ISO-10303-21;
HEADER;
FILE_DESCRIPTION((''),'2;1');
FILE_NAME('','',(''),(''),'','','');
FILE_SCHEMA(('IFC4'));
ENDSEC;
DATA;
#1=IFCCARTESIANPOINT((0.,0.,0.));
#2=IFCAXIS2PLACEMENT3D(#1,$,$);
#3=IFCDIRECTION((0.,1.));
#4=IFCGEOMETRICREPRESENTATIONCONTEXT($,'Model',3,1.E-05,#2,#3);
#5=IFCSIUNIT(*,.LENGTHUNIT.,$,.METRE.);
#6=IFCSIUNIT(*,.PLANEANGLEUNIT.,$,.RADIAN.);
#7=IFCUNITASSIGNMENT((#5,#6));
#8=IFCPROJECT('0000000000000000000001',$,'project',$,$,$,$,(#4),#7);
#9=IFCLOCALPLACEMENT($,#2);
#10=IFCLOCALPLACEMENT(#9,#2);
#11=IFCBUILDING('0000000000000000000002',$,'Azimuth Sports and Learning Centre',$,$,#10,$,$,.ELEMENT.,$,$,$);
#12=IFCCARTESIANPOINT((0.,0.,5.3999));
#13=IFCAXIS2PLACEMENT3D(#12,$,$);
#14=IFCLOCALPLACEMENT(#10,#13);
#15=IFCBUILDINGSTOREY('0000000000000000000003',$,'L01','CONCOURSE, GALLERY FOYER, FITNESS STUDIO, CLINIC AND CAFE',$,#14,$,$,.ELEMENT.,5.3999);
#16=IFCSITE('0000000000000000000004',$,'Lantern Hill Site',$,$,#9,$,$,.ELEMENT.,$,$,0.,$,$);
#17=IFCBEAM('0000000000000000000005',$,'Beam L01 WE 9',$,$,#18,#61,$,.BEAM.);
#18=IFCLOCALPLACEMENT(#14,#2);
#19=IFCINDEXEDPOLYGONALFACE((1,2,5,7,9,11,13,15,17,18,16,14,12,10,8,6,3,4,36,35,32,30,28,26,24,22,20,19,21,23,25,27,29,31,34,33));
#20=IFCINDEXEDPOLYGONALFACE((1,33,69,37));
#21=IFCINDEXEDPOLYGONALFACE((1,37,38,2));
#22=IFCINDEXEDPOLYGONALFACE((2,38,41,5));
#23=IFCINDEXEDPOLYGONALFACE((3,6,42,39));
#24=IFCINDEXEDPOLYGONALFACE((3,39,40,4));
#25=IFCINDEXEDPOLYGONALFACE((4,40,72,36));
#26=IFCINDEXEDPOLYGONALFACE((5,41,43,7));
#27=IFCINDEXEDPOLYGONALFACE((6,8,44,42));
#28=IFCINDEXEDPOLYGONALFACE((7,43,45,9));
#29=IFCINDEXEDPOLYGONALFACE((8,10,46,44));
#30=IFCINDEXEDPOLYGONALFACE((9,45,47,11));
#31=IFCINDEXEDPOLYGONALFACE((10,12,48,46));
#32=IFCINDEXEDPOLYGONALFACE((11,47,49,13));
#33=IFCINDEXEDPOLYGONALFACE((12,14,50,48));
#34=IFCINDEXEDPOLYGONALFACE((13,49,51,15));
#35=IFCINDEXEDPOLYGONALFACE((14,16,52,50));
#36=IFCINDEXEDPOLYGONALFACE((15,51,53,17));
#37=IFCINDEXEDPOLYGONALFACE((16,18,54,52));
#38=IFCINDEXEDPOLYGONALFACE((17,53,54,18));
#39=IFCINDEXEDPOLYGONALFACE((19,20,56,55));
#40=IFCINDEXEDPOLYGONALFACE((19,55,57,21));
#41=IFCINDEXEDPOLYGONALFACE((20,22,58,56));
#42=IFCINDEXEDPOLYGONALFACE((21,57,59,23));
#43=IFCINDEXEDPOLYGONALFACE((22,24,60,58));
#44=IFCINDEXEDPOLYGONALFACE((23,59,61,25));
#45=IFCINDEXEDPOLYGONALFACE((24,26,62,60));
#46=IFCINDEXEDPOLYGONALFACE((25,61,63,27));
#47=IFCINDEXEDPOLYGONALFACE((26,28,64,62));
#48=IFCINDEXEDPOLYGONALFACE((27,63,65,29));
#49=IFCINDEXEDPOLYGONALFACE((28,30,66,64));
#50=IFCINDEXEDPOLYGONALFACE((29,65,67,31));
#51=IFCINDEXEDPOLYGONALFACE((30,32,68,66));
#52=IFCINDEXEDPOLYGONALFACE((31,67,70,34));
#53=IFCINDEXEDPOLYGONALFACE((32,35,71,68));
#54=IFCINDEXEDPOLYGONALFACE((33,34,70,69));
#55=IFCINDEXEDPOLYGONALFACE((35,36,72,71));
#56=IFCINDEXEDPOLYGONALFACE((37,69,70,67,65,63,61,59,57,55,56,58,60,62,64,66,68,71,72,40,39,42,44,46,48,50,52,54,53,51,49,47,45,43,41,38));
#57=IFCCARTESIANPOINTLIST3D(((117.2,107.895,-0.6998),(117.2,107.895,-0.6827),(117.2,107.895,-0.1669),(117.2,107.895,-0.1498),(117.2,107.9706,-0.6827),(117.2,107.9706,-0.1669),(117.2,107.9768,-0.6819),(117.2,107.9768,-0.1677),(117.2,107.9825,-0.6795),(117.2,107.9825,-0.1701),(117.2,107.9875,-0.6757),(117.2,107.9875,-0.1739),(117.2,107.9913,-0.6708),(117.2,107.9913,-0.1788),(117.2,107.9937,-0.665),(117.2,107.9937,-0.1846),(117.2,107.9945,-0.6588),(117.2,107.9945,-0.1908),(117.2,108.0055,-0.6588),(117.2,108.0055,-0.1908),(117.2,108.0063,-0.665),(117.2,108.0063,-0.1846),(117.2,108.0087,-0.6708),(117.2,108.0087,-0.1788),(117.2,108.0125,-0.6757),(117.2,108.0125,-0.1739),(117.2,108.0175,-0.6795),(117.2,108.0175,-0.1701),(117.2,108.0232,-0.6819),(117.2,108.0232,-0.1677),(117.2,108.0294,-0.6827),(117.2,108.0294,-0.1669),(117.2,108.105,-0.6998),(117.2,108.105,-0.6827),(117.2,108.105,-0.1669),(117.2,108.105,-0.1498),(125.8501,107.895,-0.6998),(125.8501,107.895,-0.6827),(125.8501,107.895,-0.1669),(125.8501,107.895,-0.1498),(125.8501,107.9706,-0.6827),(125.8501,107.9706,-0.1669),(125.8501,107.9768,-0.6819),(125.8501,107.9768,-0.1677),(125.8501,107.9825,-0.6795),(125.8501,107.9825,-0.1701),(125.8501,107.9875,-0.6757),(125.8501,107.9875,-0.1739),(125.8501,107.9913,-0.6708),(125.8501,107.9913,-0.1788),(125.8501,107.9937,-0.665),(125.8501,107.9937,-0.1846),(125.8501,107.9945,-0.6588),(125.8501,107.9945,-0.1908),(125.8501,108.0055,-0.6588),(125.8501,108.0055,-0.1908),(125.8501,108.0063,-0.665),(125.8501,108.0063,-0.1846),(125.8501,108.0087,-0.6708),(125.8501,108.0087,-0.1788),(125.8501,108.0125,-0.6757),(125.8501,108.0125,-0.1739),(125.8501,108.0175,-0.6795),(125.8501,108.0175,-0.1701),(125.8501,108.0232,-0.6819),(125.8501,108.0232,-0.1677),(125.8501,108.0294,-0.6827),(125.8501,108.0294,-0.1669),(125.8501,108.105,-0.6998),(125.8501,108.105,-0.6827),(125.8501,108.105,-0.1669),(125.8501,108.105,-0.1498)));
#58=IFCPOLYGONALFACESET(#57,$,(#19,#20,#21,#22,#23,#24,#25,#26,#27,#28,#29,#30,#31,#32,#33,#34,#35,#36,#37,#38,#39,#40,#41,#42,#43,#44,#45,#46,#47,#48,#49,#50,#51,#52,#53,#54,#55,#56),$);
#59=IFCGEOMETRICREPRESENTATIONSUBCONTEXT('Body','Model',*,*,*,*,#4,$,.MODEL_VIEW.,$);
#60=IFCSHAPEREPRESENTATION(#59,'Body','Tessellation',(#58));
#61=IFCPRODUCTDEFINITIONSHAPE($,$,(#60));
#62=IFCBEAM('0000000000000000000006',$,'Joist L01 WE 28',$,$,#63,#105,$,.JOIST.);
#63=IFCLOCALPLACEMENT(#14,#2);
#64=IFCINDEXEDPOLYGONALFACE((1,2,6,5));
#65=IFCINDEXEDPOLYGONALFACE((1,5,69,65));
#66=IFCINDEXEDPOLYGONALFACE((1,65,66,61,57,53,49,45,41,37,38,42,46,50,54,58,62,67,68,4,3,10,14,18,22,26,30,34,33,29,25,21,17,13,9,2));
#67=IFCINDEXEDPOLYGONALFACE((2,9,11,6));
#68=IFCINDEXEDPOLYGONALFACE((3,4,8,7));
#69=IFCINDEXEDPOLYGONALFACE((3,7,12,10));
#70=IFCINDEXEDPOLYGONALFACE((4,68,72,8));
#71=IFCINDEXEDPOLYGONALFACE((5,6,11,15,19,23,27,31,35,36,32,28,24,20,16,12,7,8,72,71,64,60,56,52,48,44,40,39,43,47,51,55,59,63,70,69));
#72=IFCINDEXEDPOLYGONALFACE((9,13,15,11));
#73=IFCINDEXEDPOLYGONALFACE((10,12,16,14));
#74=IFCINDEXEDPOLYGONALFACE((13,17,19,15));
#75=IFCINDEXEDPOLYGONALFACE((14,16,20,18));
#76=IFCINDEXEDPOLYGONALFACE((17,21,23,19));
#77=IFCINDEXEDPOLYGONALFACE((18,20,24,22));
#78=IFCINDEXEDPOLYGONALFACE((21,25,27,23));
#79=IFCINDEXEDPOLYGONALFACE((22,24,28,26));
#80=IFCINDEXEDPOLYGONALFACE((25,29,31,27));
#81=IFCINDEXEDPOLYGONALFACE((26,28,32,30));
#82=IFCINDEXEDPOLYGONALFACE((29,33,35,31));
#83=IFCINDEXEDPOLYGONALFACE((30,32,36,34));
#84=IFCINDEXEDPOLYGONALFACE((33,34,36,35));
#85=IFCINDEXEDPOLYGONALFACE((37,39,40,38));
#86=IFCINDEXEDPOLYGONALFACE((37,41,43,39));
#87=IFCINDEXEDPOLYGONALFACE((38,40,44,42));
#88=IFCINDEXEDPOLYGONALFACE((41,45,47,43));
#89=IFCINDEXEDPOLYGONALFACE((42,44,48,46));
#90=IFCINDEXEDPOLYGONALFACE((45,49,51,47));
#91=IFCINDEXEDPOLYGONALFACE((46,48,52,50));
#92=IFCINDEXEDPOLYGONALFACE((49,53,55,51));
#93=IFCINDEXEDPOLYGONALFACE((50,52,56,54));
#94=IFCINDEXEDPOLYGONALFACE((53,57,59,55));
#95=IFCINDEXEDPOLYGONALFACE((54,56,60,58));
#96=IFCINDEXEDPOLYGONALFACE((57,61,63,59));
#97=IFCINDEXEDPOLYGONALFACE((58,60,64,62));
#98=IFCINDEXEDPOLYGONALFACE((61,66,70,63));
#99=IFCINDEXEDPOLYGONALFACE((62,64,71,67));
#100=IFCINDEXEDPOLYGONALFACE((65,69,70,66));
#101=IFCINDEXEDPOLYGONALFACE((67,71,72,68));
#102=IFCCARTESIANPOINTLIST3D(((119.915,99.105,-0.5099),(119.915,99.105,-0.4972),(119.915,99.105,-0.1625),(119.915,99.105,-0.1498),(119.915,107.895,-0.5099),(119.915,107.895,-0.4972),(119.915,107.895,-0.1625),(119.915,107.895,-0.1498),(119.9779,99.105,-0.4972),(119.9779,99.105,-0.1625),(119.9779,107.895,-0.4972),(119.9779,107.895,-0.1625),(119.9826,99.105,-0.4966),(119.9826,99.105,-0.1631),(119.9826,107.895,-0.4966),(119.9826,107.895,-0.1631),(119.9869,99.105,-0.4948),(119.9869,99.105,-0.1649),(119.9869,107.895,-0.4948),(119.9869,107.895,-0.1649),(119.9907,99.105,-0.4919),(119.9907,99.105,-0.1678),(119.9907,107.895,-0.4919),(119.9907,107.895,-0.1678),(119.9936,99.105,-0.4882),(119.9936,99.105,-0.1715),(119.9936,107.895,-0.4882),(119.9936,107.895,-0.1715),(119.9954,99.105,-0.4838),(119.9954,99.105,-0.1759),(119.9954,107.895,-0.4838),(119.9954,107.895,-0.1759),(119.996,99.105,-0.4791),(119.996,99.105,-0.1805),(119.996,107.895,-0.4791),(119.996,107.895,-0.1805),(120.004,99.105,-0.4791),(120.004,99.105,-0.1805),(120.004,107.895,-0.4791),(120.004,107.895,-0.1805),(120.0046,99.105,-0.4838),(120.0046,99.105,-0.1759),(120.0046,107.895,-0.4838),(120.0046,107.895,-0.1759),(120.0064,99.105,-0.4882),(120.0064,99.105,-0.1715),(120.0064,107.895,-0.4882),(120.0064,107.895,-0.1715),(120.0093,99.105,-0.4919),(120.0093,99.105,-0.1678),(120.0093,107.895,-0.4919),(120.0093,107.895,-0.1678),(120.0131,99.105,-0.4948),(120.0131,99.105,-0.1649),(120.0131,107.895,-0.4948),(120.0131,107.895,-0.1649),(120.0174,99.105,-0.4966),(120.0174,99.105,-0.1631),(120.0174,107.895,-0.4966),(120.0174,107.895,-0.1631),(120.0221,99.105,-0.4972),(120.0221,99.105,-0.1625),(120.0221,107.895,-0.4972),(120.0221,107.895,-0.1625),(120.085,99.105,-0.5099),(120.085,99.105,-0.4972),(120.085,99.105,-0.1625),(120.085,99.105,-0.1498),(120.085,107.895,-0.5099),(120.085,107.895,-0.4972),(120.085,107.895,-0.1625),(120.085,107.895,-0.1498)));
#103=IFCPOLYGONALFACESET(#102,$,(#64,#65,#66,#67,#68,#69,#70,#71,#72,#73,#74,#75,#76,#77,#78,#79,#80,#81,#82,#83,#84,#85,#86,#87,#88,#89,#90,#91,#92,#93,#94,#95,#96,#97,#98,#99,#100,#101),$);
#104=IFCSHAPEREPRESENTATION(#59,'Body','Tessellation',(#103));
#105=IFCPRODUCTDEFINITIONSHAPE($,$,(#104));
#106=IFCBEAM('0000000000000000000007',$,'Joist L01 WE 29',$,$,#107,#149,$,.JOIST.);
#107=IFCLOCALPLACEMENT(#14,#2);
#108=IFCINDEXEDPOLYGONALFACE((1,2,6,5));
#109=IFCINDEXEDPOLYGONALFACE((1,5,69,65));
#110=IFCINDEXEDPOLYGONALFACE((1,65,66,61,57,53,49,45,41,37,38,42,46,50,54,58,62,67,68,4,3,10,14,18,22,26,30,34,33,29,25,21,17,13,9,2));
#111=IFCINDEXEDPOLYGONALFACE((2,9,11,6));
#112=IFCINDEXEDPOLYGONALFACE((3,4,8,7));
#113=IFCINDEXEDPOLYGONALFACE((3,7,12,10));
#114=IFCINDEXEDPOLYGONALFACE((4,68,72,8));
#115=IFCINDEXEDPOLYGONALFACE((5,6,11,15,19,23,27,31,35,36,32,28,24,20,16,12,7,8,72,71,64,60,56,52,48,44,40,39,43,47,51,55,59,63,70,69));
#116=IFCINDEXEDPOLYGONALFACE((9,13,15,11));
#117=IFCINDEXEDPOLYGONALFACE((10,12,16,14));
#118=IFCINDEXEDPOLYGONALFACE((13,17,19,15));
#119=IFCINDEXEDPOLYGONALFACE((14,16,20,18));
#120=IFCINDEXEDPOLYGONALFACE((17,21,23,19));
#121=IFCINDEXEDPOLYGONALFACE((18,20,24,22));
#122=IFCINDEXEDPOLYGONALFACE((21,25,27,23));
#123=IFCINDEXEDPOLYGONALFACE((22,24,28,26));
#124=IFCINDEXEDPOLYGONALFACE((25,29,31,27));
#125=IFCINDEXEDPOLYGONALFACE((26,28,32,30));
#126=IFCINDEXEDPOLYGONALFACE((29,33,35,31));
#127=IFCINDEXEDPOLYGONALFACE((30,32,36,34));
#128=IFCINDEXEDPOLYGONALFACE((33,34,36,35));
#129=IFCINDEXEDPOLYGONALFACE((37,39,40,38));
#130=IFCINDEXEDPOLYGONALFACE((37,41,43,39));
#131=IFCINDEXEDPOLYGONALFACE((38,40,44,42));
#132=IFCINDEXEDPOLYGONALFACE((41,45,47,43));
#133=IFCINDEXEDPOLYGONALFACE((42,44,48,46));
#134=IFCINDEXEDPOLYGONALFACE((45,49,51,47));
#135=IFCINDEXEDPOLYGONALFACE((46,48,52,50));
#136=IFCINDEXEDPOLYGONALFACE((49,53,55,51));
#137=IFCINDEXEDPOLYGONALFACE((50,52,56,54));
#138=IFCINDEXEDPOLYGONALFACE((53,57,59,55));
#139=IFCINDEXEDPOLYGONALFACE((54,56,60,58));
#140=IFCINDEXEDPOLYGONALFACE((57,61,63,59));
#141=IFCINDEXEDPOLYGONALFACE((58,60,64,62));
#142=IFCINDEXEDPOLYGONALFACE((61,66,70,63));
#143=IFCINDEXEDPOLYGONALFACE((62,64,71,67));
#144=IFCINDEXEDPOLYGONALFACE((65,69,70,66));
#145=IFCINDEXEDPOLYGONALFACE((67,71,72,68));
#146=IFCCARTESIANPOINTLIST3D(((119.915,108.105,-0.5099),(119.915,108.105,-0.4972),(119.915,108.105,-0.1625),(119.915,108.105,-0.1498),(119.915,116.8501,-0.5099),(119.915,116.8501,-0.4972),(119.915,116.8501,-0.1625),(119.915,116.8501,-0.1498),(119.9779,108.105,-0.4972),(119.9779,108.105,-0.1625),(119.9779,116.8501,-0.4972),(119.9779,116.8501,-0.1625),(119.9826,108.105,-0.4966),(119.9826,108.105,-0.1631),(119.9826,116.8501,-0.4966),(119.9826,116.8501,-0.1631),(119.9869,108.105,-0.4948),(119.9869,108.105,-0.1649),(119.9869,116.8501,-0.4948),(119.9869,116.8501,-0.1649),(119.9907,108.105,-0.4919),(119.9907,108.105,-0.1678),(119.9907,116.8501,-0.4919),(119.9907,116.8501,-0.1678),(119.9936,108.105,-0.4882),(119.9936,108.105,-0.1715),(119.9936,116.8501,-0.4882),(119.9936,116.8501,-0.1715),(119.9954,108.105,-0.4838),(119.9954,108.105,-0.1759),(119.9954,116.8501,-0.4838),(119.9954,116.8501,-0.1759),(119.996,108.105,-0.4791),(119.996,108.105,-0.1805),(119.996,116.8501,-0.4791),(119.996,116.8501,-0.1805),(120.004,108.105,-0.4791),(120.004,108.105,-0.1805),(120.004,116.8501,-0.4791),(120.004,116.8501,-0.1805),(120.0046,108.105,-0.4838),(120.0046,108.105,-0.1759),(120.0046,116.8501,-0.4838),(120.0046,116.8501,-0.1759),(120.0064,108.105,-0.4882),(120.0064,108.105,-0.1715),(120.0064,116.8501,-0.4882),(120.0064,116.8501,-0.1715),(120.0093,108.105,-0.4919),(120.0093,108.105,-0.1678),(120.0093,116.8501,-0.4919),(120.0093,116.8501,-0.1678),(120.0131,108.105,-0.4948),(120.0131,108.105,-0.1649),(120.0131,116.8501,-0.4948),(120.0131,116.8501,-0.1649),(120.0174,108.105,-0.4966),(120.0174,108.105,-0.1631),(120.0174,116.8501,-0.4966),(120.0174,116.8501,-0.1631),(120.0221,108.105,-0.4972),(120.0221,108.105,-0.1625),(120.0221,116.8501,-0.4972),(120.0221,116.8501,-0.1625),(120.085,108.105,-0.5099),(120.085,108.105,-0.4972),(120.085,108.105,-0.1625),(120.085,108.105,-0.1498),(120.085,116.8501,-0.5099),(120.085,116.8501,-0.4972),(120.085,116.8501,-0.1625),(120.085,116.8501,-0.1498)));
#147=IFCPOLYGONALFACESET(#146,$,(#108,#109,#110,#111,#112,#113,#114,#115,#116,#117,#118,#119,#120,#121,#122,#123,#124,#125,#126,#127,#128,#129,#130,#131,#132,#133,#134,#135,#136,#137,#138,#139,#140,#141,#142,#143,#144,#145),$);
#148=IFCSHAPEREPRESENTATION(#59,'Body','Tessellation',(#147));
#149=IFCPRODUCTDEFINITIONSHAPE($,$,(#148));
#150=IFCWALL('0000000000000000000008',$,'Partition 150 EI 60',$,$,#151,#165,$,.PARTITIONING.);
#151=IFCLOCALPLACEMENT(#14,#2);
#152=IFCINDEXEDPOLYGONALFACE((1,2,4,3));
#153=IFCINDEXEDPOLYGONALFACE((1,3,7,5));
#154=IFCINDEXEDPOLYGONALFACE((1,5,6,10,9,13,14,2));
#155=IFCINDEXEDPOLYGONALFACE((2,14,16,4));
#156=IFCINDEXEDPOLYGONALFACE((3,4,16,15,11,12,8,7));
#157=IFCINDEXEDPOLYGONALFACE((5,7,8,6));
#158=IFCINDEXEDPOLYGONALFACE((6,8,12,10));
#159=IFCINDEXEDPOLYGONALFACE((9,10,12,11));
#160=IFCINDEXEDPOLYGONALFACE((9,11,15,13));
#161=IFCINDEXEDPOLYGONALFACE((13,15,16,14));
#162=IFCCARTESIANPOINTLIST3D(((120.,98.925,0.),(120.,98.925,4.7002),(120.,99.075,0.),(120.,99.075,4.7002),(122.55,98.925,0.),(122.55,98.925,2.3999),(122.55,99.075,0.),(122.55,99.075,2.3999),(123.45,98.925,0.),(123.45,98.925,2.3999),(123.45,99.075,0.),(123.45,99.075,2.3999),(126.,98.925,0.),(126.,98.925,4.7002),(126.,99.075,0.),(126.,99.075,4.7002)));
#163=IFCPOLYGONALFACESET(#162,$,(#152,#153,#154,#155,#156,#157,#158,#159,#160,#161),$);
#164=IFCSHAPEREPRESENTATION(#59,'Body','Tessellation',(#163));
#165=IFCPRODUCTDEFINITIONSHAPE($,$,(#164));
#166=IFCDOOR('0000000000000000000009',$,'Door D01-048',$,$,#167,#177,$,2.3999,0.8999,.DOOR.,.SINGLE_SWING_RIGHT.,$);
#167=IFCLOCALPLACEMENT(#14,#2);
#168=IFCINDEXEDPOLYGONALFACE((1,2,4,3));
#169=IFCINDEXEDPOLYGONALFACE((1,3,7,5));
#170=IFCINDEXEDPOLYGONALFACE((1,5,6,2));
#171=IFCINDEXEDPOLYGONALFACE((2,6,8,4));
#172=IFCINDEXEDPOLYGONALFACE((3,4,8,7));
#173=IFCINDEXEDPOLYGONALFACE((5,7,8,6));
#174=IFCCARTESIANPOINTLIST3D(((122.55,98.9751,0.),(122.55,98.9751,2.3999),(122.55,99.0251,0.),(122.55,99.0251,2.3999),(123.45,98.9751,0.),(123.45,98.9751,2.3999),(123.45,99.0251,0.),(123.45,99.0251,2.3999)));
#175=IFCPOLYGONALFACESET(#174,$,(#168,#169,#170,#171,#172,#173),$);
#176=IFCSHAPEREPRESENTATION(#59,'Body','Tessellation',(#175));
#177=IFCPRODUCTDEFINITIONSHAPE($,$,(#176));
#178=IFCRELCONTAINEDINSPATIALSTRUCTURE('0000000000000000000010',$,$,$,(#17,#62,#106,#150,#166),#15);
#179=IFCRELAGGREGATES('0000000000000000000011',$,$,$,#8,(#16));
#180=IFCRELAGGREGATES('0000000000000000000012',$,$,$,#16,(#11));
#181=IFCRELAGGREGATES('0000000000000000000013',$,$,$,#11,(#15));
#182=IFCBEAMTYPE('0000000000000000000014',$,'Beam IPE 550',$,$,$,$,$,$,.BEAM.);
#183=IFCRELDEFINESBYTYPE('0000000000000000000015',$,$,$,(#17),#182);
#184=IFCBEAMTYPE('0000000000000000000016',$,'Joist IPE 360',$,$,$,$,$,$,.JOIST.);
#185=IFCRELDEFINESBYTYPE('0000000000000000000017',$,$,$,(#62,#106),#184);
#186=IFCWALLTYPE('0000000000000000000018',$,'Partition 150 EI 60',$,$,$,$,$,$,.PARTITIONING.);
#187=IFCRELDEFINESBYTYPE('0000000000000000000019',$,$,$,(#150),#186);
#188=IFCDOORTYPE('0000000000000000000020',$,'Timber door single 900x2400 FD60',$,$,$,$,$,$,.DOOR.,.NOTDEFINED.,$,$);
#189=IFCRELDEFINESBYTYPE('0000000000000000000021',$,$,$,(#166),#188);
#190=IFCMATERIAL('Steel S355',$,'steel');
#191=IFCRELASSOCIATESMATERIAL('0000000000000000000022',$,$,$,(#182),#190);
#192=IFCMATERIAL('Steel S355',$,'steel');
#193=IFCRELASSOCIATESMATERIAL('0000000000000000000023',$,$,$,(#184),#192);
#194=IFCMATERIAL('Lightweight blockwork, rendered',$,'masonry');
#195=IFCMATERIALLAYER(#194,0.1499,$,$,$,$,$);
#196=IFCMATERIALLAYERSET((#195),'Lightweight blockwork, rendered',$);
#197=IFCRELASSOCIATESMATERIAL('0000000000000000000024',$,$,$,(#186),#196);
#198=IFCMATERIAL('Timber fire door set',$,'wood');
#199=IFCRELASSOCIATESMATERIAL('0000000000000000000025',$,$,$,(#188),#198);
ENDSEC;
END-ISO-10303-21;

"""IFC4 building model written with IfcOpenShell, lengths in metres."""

from ifc_helpers import new_model, si_unit, direction, frame, frame_2d, origin, origin_2d, place, context, subcontext, project, spatial, rectangle, i_section, extrude, material, layer, layer_set, material_profile, profile_set, type_object, element, fill, save


model = new_model("IFC4")

# Units and contexts
model_context = context("Model", 3, precision=1e-05, world=origin(), true_north=direction((0.0, 1.0)))
body_context = subcontext(model_context, "Body", "Model", "MODEL_VIEW")
ifc_project = project(units=[si_unit("LENGTHUNIT", "METRE"), si_unit("PLANEANGLEUNIT", "RADIAN")], contexts=[model_context])

# Site, building, storey
site_placement = place(None, origin())
site = spatial("IfcSite", under=ifc_project, at=site_placement, Name="Lantern Hill Site", CompositionType="ELEMENT", RefElevation=0.0)
building_placement = place(site_placement, origin())
building = spatial("IfcBuilding", under=site, at=building_placement, Name="Azimuth Sports and Learning Centre", CompositionType="ELEMENT")
storey_placement = place(building_placement, frame((0.0, 0.0, 5.3999)))
storey = spatial("IfcBuildingStorey", under=building, at=storey_placement, Name="L01", Description="CONCOURSE, GALLERY FOYER, FITNESS STUDIO, CLINIC AND CAFE", CompositionType="ELEMENT", Elevation=5.3999)

# Beams
ifc_material_1 = material(Name="Steel S355", Category="steel")
ifc_material_profile_1 = material_profile(ifc_material_1, i_section(OverallWidth=0.21, OverallDepth=0.55, WebThickness=0.011, FlangeThickness=0.0171, FilletRadius=0.0239, at=origin_2d()), Name="IPE 550")
ifc_profile_set_1 = profile_set([ifc_material_profile_1], Name="Steel S355")
beam_type_1 = type_object("IfcBeamType", Name="Beam IPE 550", PredefinedType="BEAM", material=ifc_profile_set_1)
for number, where, z_axis, x_axis, name in (
    (1, (117.2, 108.0, -0.4248), (1.0, 0.0, 0.0), (0.0, 1.0, 0.0), "Beam L01 WE 9"),
):
    element("IfcBeam", number, at=place(storey_placement, frame(where, z_axis=z_axis, x_axis=x_axis)), inside=storey, type_object=beam_type_1, Name=name, PredefinedType="BEAM", context=body_context, shape_type="SweptSolid", body=[
        extrude(i_section(OverallWidth=0.21, OverallDepth=0.55, WebThickness=0.011, FlangeThickness=0.0171, FilletRadius=0.0239, at=origin_2d()), origin(), (0.0, 0.0, 1.0), 8.6501),
    ])
ifc_material_2 = material(Name="Steel S355", Category="steel")
ifc_material_profile_2 = material_profile(ifc_material_2, i_section(OverallWidth=0.1699, OverallDepth=0.3601, WebThickness=0.0081, FlangeThickness=0.0127, FilletRadius=0.0181, at=origin_2d()), Name="IPE 360")
ifc_profile_set_2 = profile_set([ifc_material_profile_2], Name="Steel S355")
beam_type_2 = type_object("IfcBeamType", Name="Joist IPE 360", PredefinedType="JOIST", material=ifc_profile_set_2)
beam_1_placement = place(storey_placement, frame((120.0, 99.105, -0.3298), z_axis=(0.0, 1.0, 0.0), x_axis=(-1.0, 0.0, 0.0)))
element("IfcBeam", 2, at=beam_1_placement, inside=storey, type_object=beam_type_2, Name="Joist L01 WE 28", PredefinedType="JOIST", context=body_context, shape_type="SweptSolid", body=[
    extrude(i_section(OverallWidth=0.1699, OverallDepth=0.3601, WebThickness=0.0081, FlangeThickness=0.0127, FilletRadius=0.0181, at=origin_2d()), origin(), (0.0, 0.0, 1.0), 8.79),
])
beam_2_placement = place(storey_placement, frame((120.0, 108.105, -0.3298), z_axis=(0.0, 1.0, 0.0), x_axis=(-1.0, 0.0, 0.0)))
element("IfcBeam", 3, at=beam_2_placement, inside=storey, type_object=beam_type_2, Name="Joist L01 WE 29", PredefinedType="JOIST", context=body_context, shape_type="SweptSolid", body=[
    extrude(i_section(OverallWidth=0.1699, OverallDepth=0.3601, WebThickness=0.0081, FlangeThickness=0.0127, FilletRadius=0.0181, at=origin_2d()), origin(), (0.0, 0.0, 1.0), 8.7451),
])

# Wall, opening, door
ifc_material_3 = material(Name="Lightweight blockwork, rendered", Category="masonry")
ifc_layer_1 = layer(ifc_material_3, 0.1499)
ifc_layer_set_1 = layer_set([ifc_layer_1], Name="Lightweight blockwork, rendered")
wall_type_1 = type_object("IfcWallType", Name="Partition 150 EI 60", PredefinedType="PARTITIONING", material=ifc_layer_set_1)
wall_1_placement = place(storey_placement, frame((120.0, 99.0, 0.0), z_axis=(0.0, 0.0, 1.0), x_axis=(1.0, 0.0, 0.0)))
wall_1 = element("IfcWall", 4, at=wall_1_placement, inside=storey, type_object=wall_type_1, Name="Partition 150 EI 60", PredefinedType="PARTITIONING", context=body_context, shape_type="SweptSolid", body=[
    extrude(rectangle(XDim=6.0, YDim=0.1499, at=frame_2d((3.0, 0.0))), origin(), (0.0, 0.0, 1.0), 4.7002),
])
opening_1_placement = place(wall_1_placement, frame((2.55, 0.0, 0.0)))
opening_1 = element("IfcOpeningElement", 5, at=opening_1_placement, cuts=wall_1, PredefinedType="OPENING", context=body_context, shape_type="SweptSolid", body=[
    extrude(rectangle(XDim=0.8999, YDim=2.3999, at=frame_2d((0.45, 1.2))), frame((0.0, 0.0859, 0.0), z_axis=(0.0, -1.0, 0.0), x_axis=(1.0, 0.0, 0.0)), (0.0, 0.0, 1.0), 0.1719),
])
ifc_material_4 = material(Name="Timber fire door set", Category="wood")
door_type_1 = type_object("IfcDoorType", Name="Timber door single 900x2400 FD60", OperationType="NOTDEFINED", PredefinedType="DOOR", material=ifc_material_4)
door_1_placement = place(opening_1_placement, frame((0.8999, 0.0, 0.0), z_axis=(0.0, 0.0, 1.0), x_axis=(-1.0, 0.0, 0.0)))
door_1 = element("IfcDoor", 6, at=door_1_placement, inside=storey, type_object=door_type_1, Name="Door D01-048", OperationType="SINGLE_SWING_RIGHT", OverallHeight=2.3999, OverallWidth=0.8999, PredefinedType="DOOR", context=body_context, shape_type="SweptSolid", body=[
    extrude(rectangle(XDim=0.8999, YDim=2.3999, at=frame_2d((0.45, 1.2))), frame((0.0, 0.0249, 0.0), z_axis=(0.0, -1.0, 0.0), x_axis=(1.0, 0.0, 0.0)), (0.0, 0.0, 1.0), 0.05),
])
fill(opening_1, door_1)

save(model, "model.ifc")
